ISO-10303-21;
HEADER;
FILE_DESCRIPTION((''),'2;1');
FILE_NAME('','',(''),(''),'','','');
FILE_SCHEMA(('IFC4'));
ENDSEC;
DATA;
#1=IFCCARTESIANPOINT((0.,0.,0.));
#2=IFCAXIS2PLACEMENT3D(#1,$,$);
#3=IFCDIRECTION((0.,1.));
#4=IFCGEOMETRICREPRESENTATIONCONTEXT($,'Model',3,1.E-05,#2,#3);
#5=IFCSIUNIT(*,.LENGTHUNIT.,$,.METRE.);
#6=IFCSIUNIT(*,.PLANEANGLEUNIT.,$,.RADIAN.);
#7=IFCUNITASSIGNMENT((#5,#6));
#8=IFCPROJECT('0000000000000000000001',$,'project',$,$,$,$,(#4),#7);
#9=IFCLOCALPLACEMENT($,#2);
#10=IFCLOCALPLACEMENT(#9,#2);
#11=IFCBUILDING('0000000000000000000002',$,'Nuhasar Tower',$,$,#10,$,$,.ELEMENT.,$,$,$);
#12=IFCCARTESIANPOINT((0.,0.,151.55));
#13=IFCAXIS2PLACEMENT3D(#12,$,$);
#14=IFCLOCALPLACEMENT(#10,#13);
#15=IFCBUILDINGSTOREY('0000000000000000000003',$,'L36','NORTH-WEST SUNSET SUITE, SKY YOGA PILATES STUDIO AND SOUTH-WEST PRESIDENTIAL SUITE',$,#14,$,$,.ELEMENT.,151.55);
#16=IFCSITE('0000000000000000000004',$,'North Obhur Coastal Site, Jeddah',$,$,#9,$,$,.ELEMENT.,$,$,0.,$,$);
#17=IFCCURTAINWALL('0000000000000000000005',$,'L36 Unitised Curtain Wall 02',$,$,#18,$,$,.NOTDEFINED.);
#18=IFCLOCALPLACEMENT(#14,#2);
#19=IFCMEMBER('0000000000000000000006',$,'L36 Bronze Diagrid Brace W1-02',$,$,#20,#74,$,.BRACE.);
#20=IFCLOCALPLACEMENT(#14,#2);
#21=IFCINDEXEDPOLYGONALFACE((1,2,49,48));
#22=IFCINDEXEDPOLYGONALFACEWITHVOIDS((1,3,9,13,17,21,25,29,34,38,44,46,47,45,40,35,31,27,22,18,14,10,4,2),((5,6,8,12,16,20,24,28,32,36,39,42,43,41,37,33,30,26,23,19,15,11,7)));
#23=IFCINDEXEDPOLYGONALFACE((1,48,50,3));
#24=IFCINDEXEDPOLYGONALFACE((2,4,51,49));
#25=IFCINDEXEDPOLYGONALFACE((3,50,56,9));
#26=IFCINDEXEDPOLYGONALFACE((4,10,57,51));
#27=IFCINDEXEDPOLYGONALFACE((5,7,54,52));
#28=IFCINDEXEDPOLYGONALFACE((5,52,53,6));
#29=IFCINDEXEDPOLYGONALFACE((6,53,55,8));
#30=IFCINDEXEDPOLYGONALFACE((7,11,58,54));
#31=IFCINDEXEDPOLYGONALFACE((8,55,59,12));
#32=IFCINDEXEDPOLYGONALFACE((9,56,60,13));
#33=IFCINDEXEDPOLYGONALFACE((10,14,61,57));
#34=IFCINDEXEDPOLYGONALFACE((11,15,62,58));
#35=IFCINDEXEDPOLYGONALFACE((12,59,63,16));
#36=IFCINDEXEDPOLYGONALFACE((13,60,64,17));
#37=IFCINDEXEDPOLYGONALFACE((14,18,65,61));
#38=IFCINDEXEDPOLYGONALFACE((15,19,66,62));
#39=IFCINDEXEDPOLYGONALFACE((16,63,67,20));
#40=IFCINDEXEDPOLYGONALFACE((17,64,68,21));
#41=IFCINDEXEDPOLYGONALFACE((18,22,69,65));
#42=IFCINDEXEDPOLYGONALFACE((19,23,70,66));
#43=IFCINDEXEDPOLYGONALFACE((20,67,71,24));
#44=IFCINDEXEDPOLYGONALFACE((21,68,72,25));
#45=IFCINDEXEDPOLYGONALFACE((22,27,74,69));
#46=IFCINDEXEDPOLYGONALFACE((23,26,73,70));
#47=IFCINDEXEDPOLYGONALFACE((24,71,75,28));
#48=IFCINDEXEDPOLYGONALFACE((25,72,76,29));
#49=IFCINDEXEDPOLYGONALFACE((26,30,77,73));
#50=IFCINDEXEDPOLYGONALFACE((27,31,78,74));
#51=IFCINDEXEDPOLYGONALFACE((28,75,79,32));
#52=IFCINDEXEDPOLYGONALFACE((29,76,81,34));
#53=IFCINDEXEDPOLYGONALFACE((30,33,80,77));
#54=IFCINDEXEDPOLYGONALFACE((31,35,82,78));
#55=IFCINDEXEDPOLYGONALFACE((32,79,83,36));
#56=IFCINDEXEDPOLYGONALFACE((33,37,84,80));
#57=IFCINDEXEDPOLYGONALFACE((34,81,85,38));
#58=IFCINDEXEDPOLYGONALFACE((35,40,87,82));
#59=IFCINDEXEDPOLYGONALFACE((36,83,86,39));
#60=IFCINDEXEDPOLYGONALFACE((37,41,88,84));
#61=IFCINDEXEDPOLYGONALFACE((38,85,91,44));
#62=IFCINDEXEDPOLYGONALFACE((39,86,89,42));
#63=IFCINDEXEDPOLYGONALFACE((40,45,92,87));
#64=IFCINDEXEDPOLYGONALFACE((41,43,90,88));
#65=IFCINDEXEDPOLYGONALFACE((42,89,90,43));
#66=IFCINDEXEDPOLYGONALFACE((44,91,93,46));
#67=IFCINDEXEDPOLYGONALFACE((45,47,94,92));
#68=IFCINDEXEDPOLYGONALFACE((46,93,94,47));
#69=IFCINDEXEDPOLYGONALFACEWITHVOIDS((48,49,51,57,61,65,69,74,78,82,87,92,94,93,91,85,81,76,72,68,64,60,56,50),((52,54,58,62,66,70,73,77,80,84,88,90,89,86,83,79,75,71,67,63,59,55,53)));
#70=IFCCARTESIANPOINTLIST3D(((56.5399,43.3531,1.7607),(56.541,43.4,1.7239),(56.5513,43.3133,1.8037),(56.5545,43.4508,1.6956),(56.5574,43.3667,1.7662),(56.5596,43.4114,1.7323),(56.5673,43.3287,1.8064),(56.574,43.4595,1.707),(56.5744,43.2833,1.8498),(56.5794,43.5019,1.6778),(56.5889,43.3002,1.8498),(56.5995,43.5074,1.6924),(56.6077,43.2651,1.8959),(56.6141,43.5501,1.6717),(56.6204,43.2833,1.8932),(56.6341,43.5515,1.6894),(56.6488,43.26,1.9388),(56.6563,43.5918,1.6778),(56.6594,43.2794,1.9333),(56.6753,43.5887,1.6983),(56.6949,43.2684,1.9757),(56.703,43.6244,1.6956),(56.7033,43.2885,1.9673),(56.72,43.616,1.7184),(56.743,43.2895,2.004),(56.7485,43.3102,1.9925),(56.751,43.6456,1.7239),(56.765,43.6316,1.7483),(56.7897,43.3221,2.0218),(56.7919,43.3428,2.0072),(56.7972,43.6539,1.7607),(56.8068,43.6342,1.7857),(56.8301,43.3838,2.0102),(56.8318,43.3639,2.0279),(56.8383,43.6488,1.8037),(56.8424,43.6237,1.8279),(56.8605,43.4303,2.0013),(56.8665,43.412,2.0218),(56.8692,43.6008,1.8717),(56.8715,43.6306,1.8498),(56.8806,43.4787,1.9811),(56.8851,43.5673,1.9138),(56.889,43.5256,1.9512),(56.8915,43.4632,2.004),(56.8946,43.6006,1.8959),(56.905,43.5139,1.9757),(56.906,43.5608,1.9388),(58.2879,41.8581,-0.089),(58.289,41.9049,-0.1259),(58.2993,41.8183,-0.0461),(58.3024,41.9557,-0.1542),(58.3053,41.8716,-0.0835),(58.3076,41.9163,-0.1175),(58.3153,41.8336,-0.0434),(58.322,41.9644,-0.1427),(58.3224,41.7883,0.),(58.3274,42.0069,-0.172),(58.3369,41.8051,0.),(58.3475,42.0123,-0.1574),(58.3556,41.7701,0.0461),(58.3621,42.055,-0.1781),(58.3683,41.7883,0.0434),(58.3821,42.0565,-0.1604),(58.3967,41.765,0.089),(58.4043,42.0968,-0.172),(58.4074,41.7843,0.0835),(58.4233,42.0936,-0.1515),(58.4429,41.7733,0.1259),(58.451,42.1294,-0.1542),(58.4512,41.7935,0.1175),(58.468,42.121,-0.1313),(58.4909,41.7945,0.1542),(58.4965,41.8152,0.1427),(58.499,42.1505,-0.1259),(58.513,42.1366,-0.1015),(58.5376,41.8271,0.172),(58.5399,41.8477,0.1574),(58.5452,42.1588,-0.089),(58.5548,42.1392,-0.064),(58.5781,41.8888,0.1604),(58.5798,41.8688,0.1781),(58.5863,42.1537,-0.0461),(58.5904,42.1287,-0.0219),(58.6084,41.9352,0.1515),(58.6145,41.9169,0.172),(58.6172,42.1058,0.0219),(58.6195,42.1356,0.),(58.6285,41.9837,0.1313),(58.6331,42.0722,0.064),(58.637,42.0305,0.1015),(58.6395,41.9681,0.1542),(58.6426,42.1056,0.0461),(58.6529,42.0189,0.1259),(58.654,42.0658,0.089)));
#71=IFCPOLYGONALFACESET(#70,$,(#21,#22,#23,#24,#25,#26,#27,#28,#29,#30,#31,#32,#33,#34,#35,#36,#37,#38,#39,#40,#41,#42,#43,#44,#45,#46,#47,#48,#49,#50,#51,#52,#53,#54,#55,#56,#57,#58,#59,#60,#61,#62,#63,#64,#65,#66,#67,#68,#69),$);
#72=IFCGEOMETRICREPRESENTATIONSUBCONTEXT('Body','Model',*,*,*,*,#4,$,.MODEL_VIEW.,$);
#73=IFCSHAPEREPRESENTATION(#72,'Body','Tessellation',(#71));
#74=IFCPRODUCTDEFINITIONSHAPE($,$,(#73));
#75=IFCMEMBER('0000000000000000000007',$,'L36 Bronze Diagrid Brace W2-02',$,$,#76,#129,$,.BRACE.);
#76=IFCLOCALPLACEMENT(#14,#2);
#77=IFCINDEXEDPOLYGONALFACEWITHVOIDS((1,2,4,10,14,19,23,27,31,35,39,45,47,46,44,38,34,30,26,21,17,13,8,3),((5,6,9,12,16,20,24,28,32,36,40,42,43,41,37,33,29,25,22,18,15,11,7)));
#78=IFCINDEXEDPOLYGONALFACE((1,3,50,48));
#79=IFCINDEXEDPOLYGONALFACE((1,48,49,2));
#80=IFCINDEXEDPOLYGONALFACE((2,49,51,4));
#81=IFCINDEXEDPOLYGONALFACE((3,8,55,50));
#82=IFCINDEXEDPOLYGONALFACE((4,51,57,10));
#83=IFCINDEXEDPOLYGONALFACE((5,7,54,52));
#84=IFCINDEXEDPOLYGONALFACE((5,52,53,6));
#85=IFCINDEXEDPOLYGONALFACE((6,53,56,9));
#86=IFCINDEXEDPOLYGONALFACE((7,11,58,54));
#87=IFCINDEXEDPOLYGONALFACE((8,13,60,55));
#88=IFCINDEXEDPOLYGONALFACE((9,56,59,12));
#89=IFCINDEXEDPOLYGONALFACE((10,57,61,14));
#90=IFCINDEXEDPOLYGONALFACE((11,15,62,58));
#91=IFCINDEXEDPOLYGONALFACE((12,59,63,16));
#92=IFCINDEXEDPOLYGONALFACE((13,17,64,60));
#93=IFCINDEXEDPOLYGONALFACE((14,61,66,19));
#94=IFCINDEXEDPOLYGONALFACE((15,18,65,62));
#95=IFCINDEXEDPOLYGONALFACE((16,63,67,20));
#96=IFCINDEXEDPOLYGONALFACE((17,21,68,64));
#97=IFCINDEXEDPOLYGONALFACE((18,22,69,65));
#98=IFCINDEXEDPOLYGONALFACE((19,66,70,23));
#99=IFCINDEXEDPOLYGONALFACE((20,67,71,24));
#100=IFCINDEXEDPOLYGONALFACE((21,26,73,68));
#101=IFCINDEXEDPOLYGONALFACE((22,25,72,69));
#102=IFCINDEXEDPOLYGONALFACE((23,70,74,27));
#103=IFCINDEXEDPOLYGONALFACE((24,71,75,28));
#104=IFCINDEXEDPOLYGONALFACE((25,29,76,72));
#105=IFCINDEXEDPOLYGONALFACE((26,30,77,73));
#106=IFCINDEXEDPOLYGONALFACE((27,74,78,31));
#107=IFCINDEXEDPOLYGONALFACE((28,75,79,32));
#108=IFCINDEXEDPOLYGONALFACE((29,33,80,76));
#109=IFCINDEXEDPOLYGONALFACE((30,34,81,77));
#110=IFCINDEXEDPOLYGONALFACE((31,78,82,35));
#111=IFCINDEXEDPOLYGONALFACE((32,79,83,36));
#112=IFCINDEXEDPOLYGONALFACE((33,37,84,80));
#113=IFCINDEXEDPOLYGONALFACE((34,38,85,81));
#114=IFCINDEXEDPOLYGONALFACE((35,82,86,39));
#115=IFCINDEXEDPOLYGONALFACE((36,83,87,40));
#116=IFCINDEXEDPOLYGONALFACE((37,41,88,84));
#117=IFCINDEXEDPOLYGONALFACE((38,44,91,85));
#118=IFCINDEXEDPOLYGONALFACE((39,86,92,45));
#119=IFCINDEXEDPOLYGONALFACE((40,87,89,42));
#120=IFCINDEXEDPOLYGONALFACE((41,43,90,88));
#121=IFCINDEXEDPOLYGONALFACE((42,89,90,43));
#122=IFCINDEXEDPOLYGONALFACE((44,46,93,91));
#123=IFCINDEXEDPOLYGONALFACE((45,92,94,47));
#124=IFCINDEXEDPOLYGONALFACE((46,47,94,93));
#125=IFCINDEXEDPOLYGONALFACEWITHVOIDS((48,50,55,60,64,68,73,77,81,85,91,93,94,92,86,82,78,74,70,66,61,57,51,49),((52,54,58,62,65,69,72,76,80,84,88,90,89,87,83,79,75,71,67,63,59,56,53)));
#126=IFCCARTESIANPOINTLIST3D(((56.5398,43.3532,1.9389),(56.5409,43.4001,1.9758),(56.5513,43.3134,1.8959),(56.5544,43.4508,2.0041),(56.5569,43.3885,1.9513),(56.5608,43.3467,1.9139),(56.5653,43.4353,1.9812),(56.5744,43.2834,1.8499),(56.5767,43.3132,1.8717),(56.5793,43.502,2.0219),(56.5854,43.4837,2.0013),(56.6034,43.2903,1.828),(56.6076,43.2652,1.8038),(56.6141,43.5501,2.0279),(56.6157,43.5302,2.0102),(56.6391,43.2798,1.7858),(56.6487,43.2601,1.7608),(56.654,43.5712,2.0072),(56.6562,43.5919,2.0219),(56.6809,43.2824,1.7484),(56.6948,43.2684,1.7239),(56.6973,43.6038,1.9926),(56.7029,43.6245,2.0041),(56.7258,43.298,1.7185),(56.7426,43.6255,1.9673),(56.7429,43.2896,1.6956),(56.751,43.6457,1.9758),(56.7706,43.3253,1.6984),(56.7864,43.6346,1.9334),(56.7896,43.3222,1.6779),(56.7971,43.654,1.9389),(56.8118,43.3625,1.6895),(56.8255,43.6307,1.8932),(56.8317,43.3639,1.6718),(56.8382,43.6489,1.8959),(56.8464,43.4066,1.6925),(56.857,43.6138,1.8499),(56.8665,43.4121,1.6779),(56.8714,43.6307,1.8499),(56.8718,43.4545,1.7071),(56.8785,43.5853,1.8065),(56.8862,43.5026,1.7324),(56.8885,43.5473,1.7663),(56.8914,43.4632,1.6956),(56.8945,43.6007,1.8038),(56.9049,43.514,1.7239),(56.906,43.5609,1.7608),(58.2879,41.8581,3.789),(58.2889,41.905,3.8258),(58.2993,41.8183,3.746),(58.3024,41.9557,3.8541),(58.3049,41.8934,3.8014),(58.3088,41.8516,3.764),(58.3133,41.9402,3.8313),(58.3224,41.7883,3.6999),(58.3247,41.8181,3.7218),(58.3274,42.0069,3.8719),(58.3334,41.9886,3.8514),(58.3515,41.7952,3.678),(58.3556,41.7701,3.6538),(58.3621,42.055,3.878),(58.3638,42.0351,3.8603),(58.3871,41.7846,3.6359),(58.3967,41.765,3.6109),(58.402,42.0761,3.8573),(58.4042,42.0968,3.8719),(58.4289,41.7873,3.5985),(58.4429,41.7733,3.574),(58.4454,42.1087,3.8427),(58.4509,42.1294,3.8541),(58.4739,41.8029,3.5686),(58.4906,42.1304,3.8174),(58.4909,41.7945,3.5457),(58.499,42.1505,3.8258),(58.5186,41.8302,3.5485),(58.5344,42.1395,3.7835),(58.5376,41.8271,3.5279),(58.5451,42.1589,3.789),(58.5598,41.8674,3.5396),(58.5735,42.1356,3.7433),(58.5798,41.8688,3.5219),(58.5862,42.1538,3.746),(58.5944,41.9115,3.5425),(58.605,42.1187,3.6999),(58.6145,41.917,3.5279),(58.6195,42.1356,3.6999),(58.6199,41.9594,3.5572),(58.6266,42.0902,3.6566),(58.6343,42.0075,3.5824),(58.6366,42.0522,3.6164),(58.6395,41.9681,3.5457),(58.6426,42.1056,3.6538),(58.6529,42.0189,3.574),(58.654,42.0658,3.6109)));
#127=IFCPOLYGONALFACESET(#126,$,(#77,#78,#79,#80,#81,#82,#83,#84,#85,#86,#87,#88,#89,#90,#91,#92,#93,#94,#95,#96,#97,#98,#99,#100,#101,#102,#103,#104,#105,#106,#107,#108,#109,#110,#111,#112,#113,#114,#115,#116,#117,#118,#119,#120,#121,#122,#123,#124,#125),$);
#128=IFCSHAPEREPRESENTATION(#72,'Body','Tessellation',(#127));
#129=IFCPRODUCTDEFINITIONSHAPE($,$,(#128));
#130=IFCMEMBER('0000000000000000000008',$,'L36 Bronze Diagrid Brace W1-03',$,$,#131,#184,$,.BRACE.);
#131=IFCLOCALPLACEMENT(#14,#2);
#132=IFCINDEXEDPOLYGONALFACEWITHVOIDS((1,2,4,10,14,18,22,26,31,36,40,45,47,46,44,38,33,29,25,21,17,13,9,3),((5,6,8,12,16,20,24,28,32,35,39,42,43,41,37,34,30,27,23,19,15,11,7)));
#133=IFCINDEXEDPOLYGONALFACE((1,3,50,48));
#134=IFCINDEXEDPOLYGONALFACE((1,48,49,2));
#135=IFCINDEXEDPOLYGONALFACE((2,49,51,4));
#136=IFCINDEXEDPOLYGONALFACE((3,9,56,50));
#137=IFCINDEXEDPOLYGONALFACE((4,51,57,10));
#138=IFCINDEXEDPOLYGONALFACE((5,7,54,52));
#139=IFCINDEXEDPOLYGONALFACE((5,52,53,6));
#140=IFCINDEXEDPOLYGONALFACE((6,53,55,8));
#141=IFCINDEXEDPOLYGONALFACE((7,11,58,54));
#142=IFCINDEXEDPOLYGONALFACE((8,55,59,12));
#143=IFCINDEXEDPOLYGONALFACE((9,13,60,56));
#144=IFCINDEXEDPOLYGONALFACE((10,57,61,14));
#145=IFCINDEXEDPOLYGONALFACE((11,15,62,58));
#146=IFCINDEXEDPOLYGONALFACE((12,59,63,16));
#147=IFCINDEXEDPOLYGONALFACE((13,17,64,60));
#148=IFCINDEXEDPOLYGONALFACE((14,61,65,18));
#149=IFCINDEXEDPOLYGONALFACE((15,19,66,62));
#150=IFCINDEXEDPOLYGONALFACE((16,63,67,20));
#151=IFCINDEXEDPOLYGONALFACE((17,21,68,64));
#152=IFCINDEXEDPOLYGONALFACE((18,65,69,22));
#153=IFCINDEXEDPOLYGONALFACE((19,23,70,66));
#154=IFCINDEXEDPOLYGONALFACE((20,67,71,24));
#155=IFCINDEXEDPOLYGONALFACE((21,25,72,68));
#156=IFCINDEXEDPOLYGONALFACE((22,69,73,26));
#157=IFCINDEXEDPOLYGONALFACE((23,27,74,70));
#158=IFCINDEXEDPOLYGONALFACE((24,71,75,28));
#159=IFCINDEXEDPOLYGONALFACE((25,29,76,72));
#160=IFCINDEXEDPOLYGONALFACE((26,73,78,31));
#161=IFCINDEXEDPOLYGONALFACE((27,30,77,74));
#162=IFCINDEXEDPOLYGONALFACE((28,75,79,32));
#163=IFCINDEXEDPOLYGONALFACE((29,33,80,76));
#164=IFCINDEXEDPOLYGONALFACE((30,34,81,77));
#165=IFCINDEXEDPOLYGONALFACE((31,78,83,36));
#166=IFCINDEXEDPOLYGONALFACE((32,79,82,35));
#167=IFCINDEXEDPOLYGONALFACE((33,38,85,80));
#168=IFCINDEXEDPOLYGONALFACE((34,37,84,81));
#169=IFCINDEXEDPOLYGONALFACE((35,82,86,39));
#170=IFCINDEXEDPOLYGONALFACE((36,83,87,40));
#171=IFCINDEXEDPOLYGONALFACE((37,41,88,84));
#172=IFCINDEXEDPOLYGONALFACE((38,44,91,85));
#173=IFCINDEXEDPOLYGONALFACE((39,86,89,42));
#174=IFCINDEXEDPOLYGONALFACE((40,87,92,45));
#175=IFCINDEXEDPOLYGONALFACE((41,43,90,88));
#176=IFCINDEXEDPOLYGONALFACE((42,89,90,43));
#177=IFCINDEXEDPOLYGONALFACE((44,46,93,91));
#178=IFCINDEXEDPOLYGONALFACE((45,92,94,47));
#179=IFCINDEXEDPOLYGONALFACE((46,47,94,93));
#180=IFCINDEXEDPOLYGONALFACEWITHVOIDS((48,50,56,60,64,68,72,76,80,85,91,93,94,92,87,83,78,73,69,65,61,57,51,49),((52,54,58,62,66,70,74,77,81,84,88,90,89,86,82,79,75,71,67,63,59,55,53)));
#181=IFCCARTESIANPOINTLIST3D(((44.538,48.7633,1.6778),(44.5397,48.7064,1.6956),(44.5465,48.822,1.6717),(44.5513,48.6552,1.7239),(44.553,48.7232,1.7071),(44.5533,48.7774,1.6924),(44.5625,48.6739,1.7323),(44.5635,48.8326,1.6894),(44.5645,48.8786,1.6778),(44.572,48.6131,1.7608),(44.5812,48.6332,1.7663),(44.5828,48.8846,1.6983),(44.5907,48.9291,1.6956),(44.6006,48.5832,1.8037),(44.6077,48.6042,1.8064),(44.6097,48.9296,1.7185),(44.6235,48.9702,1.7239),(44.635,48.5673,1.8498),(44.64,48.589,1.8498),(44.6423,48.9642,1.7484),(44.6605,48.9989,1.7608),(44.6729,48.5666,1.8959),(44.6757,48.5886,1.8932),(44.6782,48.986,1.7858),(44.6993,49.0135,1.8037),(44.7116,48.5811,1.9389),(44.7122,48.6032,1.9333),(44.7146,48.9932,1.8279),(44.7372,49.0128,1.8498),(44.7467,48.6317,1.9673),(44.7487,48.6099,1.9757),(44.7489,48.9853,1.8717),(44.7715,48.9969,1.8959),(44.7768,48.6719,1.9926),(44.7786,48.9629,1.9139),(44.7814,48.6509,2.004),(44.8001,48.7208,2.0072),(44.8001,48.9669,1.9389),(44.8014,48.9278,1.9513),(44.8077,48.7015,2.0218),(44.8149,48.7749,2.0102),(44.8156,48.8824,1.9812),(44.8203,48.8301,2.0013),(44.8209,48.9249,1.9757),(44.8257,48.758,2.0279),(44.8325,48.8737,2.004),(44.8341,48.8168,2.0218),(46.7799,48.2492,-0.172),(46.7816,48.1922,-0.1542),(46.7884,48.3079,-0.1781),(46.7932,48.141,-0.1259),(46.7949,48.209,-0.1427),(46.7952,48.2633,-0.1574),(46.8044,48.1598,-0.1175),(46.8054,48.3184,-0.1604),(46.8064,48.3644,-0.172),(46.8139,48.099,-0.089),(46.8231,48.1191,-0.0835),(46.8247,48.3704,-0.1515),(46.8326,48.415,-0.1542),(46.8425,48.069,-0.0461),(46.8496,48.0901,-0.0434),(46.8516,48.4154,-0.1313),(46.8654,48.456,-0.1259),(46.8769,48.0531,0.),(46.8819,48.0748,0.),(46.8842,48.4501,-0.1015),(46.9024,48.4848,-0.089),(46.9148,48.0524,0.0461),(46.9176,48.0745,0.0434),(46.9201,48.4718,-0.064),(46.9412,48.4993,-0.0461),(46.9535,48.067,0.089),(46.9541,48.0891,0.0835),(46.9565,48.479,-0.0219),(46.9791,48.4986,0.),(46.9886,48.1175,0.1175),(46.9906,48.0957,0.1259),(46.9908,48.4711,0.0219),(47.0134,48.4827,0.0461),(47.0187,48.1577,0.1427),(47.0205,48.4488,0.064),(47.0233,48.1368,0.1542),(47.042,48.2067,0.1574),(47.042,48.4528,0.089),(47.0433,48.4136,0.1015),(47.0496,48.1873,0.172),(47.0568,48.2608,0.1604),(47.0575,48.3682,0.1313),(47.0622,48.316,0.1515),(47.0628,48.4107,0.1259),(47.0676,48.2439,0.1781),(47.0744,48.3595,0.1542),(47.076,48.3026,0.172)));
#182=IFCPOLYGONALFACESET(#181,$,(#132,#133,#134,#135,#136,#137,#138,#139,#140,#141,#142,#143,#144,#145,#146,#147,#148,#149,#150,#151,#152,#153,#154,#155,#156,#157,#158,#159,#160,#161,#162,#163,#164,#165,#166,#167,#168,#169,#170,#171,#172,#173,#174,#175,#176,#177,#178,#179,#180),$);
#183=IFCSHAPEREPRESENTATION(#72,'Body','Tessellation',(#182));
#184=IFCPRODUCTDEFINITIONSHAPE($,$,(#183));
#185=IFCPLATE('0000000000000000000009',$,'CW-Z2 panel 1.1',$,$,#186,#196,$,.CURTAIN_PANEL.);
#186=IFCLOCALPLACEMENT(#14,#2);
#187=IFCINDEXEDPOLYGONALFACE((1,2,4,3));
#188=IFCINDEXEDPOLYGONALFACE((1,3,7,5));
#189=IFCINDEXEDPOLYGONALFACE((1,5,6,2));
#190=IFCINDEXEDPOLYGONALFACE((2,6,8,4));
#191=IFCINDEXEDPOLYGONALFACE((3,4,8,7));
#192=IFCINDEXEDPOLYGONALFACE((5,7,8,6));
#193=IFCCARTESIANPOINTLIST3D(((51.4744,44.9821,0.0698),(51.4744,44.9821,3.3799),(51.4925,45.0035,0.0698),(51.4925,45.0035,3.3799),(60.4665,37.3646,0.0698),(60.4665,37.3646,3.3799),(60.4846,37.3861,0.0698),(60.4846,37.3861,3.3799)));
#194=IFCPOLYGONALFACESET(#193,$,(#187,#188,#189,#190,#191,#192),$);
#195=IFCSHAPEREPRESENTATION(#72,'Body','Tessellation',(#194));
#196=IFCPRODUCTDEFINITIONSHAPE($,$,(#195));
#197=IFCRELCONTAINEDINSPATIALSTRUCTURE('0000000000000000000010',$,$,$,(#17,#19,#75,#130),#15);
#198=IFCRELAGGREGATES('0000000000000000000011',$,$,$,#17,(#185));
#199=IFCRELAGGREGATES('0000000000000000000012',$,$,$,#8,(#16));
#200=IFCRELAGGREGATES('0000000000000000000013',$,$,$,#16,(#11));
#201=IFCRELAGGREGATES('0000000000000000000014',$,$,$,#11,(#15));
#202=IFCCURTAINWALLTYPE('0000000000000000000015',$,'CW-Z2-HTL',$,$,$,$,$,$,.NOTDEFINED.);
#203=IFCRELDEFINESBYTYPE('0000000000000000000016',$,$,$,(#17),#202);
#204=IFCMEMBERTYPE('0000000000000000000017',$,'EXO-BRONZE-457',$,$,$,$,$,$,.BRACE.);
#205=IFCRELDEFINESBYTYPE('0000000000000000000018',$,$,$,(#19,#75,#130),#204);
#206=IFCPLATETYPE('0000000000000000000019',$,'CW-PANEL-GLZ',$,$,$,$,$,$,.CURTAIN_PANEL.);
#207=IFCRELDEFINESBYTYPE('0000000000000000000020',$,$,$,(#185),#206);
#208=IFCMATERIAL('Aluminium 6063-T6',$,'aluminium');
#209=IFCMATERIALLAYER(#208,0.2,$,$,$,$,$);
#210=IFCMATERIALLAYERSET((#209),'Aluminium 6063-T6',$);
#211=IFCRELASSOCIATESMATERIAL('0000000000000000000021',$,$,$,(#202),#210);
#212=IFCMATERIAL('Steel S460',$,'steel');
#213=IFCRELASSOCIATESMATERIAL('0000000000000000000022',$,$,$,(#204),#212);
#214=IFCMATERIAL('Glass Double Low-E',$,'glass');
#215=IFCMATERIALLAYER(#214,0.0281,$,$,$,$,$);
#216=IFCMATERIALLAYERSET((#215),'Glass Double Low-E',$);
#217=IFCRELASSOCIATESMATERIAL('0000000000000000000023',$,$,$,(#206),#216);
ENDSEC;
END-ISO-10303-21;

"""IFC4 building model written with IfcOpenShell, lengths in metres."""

from ifc_helpers import new_model, si_unit, direction, frame, origin, origin_2d, place, context, subcontext, project, spatial, rectangle, hollow_circle, extrude, material, layer, layer_set, material_profile, profile_set, type_object, element, aggregate, save


model = new_model("IFC4")

# Units and contexts
model_context = context("Model", 3, precision=1e-05, world=origin(), true_north=direction((0.0, 1.0)))
body_context = subcontext(model_context, "Body", "Model", "MODEL_VIEW")
ifc_project = project(units=[si_unit("LENGTHUNIT", "METRE"), si_unit("PLANEANGLEUNIT", "RADIAN")], contexts=[model_context])

# Site, building, storey
site_placement = place(None, origin())
site = spatial("IfcSite", under=ifc_project, at=site_placement, Name="North Obhur Coastal Site, Jeddah", CompositionType="ELEMENT", RefElevation=0.0)
building_placement = place(site_placement, origin())
building = spatial("IfcBuilding", under=site, at=building_placement, Name="Nuhasar Tower", CompositionType="ELEMENT")
storey_placement = place(building_placement, frame((0.0, 0.0, 151.55)))
storey = spatial("IfcBuildingStorey", under=building, at=storey_placement, Name="L36", Description="NORTH-WEST SUNSET SUITE, SKY YOGA PILATES STUDIO AND SOUTH-WEST PRESIDENTIAL SUITE", CompositionType="ELEMENT", Elevation=151.55)

# Shared definitions
ifc_material_1 = material(Name="Aluminium 6063-T6", Category="aluminium")
ifc_layer_1 = layer(ifc_material_1, 0.2)
ifc_layer_set_1 = layer_set([ifc_layer_1], Name="Aluminium 6063-T6")
curtain_wall_type = type_object("IfcCurtainWallType", Name="CW-Z2-HTL", PredefinedType="NOTDEFINED", material=ifc_layer_set_1)

# Curtain wall
curtain_wall_1_placement = place(storey_placement, origin())
curtain_wall_1 = element("IfcCurtainWall", 1, at=curtain_wall_1_placement, inside=storey, type_object=curtain_wall_type, Name="L36 Unitised Curtain Wall 02", PredefinedType="NOTDEFINED")

# Members
ifc_material_2 = material(Name="Steel S460", Category="steel")
ifc_material_profile_1 = material_profile(ifc_material_2, hollow_circle(Radius=0.2285, WallThickness=0.0222, at=origin_2d()), Name="HSS457X22.2")
ifc_profile_set_1 = profile_set([ifc_material_profile_1], Name="Steel S460")
member_type_1 = type_object("IfcMemberType", Name="EXO-BRONZE-457", PredefinedType="BRACE", material=ifc_profile_set_1)
member_1_placement = place(storey_placement, frame((58.4709, 41.9619, 0.0), z_axis=(-0.592201, 0.506514, 0.626691), x_axis=(-0.649987, -0.759945, 0.0)))
element("IfcMember", 2, at=member_1_placement, inside=storey, type_object=member_type_1, Name="L36 Bronze Diagrid Brace W1-02", PredefinedType="BRACE", context=body_context, shape_type="SweptSolid", body=[
    extrude(hollow_circle(Radius=0.2285, WallThickness=0.0222, at=origin_2d()), origin(), (0.0, 0.0, 1.0), 2.9517),
])
member_2_placement = place(storey_placement, frame((56.7229, 43.457, 1.8499), z_axis=(0.59217, -0.506488, 0.626741), x_axis=(0.649987, 0.759945, 0.0)))
element("IfcMember", 3, at=member_2_placement, inside=storey, type_object=member_type_1, Name="L36 Bronze Diagrid Brace W2-02", PredefinedType="BRACE", context=body_context, shape_type="SweptSolid", body=[
    extrude(hollow_circle(Radius=0.2285, WallThickness=0.0222, at=origin_2d()), origin(), (0.0, 0.0, 1.0), 2.9519),
])
member_3_placement = place(storey_placement, frame((46.928, 48.2759, 0.0), z_axis=(-0.759539, 0.17419, 0.626704), x_axis=(-0.223534, -0.974696, 0.0)))
element("IfcMember", 4, at=member_3_placement, inside=storey, type_object=member_type_1, Name="L36 Bronze Diagrid Brace W1-03", PredefinedType="BRACE", context=body_context, shape_type="SweptSolid", body=[
    extrude(hollow_circle(Radius=0.2285, WallThickness=0.0222, at=origin_2d()), origin(), (0.0, 0.0, 1.0), 2.9517),
])

# Plate
ifc_material_3 = material(Name="Glass Double Low-E", Category="glass")
ifc_layer_2 = layer(ifc_material_3, 0.0281)
ifc_layer_set_2 = layer_set([ifc_layer_2], Name="Glass Double Low-E")
plate_type = type_object("IfcPlateType", Name="CW-PANEL-GLZ", PredefinedType="CURTAIN_PANEL", material=ifc_layer_set_2)
plate_placement = place(storey_placement, frame((55.9795, 41.1841, 0.0698), z_axis=(0.0, 0.0, 1.0), x_axis=(-0.76302, 0.646374, 0.0)))
plate = element("IfcPlate", 5, at=plate_placement, type_object=plate_type, Name="CW-Z2 panel 1.1", PredefinedType="CURTAIN_PANEL", context=body_context, shape_type="SweptSolid", body=[
    extrude(rectangle(XDim=11.7849, YDim=0.0281, at=origin_2d()), origin(), (0.0, 0.0, 1.0), 3.3101),
])
aggregate(curtain_wall_1, [plate])

save(model, "model.ifc")
